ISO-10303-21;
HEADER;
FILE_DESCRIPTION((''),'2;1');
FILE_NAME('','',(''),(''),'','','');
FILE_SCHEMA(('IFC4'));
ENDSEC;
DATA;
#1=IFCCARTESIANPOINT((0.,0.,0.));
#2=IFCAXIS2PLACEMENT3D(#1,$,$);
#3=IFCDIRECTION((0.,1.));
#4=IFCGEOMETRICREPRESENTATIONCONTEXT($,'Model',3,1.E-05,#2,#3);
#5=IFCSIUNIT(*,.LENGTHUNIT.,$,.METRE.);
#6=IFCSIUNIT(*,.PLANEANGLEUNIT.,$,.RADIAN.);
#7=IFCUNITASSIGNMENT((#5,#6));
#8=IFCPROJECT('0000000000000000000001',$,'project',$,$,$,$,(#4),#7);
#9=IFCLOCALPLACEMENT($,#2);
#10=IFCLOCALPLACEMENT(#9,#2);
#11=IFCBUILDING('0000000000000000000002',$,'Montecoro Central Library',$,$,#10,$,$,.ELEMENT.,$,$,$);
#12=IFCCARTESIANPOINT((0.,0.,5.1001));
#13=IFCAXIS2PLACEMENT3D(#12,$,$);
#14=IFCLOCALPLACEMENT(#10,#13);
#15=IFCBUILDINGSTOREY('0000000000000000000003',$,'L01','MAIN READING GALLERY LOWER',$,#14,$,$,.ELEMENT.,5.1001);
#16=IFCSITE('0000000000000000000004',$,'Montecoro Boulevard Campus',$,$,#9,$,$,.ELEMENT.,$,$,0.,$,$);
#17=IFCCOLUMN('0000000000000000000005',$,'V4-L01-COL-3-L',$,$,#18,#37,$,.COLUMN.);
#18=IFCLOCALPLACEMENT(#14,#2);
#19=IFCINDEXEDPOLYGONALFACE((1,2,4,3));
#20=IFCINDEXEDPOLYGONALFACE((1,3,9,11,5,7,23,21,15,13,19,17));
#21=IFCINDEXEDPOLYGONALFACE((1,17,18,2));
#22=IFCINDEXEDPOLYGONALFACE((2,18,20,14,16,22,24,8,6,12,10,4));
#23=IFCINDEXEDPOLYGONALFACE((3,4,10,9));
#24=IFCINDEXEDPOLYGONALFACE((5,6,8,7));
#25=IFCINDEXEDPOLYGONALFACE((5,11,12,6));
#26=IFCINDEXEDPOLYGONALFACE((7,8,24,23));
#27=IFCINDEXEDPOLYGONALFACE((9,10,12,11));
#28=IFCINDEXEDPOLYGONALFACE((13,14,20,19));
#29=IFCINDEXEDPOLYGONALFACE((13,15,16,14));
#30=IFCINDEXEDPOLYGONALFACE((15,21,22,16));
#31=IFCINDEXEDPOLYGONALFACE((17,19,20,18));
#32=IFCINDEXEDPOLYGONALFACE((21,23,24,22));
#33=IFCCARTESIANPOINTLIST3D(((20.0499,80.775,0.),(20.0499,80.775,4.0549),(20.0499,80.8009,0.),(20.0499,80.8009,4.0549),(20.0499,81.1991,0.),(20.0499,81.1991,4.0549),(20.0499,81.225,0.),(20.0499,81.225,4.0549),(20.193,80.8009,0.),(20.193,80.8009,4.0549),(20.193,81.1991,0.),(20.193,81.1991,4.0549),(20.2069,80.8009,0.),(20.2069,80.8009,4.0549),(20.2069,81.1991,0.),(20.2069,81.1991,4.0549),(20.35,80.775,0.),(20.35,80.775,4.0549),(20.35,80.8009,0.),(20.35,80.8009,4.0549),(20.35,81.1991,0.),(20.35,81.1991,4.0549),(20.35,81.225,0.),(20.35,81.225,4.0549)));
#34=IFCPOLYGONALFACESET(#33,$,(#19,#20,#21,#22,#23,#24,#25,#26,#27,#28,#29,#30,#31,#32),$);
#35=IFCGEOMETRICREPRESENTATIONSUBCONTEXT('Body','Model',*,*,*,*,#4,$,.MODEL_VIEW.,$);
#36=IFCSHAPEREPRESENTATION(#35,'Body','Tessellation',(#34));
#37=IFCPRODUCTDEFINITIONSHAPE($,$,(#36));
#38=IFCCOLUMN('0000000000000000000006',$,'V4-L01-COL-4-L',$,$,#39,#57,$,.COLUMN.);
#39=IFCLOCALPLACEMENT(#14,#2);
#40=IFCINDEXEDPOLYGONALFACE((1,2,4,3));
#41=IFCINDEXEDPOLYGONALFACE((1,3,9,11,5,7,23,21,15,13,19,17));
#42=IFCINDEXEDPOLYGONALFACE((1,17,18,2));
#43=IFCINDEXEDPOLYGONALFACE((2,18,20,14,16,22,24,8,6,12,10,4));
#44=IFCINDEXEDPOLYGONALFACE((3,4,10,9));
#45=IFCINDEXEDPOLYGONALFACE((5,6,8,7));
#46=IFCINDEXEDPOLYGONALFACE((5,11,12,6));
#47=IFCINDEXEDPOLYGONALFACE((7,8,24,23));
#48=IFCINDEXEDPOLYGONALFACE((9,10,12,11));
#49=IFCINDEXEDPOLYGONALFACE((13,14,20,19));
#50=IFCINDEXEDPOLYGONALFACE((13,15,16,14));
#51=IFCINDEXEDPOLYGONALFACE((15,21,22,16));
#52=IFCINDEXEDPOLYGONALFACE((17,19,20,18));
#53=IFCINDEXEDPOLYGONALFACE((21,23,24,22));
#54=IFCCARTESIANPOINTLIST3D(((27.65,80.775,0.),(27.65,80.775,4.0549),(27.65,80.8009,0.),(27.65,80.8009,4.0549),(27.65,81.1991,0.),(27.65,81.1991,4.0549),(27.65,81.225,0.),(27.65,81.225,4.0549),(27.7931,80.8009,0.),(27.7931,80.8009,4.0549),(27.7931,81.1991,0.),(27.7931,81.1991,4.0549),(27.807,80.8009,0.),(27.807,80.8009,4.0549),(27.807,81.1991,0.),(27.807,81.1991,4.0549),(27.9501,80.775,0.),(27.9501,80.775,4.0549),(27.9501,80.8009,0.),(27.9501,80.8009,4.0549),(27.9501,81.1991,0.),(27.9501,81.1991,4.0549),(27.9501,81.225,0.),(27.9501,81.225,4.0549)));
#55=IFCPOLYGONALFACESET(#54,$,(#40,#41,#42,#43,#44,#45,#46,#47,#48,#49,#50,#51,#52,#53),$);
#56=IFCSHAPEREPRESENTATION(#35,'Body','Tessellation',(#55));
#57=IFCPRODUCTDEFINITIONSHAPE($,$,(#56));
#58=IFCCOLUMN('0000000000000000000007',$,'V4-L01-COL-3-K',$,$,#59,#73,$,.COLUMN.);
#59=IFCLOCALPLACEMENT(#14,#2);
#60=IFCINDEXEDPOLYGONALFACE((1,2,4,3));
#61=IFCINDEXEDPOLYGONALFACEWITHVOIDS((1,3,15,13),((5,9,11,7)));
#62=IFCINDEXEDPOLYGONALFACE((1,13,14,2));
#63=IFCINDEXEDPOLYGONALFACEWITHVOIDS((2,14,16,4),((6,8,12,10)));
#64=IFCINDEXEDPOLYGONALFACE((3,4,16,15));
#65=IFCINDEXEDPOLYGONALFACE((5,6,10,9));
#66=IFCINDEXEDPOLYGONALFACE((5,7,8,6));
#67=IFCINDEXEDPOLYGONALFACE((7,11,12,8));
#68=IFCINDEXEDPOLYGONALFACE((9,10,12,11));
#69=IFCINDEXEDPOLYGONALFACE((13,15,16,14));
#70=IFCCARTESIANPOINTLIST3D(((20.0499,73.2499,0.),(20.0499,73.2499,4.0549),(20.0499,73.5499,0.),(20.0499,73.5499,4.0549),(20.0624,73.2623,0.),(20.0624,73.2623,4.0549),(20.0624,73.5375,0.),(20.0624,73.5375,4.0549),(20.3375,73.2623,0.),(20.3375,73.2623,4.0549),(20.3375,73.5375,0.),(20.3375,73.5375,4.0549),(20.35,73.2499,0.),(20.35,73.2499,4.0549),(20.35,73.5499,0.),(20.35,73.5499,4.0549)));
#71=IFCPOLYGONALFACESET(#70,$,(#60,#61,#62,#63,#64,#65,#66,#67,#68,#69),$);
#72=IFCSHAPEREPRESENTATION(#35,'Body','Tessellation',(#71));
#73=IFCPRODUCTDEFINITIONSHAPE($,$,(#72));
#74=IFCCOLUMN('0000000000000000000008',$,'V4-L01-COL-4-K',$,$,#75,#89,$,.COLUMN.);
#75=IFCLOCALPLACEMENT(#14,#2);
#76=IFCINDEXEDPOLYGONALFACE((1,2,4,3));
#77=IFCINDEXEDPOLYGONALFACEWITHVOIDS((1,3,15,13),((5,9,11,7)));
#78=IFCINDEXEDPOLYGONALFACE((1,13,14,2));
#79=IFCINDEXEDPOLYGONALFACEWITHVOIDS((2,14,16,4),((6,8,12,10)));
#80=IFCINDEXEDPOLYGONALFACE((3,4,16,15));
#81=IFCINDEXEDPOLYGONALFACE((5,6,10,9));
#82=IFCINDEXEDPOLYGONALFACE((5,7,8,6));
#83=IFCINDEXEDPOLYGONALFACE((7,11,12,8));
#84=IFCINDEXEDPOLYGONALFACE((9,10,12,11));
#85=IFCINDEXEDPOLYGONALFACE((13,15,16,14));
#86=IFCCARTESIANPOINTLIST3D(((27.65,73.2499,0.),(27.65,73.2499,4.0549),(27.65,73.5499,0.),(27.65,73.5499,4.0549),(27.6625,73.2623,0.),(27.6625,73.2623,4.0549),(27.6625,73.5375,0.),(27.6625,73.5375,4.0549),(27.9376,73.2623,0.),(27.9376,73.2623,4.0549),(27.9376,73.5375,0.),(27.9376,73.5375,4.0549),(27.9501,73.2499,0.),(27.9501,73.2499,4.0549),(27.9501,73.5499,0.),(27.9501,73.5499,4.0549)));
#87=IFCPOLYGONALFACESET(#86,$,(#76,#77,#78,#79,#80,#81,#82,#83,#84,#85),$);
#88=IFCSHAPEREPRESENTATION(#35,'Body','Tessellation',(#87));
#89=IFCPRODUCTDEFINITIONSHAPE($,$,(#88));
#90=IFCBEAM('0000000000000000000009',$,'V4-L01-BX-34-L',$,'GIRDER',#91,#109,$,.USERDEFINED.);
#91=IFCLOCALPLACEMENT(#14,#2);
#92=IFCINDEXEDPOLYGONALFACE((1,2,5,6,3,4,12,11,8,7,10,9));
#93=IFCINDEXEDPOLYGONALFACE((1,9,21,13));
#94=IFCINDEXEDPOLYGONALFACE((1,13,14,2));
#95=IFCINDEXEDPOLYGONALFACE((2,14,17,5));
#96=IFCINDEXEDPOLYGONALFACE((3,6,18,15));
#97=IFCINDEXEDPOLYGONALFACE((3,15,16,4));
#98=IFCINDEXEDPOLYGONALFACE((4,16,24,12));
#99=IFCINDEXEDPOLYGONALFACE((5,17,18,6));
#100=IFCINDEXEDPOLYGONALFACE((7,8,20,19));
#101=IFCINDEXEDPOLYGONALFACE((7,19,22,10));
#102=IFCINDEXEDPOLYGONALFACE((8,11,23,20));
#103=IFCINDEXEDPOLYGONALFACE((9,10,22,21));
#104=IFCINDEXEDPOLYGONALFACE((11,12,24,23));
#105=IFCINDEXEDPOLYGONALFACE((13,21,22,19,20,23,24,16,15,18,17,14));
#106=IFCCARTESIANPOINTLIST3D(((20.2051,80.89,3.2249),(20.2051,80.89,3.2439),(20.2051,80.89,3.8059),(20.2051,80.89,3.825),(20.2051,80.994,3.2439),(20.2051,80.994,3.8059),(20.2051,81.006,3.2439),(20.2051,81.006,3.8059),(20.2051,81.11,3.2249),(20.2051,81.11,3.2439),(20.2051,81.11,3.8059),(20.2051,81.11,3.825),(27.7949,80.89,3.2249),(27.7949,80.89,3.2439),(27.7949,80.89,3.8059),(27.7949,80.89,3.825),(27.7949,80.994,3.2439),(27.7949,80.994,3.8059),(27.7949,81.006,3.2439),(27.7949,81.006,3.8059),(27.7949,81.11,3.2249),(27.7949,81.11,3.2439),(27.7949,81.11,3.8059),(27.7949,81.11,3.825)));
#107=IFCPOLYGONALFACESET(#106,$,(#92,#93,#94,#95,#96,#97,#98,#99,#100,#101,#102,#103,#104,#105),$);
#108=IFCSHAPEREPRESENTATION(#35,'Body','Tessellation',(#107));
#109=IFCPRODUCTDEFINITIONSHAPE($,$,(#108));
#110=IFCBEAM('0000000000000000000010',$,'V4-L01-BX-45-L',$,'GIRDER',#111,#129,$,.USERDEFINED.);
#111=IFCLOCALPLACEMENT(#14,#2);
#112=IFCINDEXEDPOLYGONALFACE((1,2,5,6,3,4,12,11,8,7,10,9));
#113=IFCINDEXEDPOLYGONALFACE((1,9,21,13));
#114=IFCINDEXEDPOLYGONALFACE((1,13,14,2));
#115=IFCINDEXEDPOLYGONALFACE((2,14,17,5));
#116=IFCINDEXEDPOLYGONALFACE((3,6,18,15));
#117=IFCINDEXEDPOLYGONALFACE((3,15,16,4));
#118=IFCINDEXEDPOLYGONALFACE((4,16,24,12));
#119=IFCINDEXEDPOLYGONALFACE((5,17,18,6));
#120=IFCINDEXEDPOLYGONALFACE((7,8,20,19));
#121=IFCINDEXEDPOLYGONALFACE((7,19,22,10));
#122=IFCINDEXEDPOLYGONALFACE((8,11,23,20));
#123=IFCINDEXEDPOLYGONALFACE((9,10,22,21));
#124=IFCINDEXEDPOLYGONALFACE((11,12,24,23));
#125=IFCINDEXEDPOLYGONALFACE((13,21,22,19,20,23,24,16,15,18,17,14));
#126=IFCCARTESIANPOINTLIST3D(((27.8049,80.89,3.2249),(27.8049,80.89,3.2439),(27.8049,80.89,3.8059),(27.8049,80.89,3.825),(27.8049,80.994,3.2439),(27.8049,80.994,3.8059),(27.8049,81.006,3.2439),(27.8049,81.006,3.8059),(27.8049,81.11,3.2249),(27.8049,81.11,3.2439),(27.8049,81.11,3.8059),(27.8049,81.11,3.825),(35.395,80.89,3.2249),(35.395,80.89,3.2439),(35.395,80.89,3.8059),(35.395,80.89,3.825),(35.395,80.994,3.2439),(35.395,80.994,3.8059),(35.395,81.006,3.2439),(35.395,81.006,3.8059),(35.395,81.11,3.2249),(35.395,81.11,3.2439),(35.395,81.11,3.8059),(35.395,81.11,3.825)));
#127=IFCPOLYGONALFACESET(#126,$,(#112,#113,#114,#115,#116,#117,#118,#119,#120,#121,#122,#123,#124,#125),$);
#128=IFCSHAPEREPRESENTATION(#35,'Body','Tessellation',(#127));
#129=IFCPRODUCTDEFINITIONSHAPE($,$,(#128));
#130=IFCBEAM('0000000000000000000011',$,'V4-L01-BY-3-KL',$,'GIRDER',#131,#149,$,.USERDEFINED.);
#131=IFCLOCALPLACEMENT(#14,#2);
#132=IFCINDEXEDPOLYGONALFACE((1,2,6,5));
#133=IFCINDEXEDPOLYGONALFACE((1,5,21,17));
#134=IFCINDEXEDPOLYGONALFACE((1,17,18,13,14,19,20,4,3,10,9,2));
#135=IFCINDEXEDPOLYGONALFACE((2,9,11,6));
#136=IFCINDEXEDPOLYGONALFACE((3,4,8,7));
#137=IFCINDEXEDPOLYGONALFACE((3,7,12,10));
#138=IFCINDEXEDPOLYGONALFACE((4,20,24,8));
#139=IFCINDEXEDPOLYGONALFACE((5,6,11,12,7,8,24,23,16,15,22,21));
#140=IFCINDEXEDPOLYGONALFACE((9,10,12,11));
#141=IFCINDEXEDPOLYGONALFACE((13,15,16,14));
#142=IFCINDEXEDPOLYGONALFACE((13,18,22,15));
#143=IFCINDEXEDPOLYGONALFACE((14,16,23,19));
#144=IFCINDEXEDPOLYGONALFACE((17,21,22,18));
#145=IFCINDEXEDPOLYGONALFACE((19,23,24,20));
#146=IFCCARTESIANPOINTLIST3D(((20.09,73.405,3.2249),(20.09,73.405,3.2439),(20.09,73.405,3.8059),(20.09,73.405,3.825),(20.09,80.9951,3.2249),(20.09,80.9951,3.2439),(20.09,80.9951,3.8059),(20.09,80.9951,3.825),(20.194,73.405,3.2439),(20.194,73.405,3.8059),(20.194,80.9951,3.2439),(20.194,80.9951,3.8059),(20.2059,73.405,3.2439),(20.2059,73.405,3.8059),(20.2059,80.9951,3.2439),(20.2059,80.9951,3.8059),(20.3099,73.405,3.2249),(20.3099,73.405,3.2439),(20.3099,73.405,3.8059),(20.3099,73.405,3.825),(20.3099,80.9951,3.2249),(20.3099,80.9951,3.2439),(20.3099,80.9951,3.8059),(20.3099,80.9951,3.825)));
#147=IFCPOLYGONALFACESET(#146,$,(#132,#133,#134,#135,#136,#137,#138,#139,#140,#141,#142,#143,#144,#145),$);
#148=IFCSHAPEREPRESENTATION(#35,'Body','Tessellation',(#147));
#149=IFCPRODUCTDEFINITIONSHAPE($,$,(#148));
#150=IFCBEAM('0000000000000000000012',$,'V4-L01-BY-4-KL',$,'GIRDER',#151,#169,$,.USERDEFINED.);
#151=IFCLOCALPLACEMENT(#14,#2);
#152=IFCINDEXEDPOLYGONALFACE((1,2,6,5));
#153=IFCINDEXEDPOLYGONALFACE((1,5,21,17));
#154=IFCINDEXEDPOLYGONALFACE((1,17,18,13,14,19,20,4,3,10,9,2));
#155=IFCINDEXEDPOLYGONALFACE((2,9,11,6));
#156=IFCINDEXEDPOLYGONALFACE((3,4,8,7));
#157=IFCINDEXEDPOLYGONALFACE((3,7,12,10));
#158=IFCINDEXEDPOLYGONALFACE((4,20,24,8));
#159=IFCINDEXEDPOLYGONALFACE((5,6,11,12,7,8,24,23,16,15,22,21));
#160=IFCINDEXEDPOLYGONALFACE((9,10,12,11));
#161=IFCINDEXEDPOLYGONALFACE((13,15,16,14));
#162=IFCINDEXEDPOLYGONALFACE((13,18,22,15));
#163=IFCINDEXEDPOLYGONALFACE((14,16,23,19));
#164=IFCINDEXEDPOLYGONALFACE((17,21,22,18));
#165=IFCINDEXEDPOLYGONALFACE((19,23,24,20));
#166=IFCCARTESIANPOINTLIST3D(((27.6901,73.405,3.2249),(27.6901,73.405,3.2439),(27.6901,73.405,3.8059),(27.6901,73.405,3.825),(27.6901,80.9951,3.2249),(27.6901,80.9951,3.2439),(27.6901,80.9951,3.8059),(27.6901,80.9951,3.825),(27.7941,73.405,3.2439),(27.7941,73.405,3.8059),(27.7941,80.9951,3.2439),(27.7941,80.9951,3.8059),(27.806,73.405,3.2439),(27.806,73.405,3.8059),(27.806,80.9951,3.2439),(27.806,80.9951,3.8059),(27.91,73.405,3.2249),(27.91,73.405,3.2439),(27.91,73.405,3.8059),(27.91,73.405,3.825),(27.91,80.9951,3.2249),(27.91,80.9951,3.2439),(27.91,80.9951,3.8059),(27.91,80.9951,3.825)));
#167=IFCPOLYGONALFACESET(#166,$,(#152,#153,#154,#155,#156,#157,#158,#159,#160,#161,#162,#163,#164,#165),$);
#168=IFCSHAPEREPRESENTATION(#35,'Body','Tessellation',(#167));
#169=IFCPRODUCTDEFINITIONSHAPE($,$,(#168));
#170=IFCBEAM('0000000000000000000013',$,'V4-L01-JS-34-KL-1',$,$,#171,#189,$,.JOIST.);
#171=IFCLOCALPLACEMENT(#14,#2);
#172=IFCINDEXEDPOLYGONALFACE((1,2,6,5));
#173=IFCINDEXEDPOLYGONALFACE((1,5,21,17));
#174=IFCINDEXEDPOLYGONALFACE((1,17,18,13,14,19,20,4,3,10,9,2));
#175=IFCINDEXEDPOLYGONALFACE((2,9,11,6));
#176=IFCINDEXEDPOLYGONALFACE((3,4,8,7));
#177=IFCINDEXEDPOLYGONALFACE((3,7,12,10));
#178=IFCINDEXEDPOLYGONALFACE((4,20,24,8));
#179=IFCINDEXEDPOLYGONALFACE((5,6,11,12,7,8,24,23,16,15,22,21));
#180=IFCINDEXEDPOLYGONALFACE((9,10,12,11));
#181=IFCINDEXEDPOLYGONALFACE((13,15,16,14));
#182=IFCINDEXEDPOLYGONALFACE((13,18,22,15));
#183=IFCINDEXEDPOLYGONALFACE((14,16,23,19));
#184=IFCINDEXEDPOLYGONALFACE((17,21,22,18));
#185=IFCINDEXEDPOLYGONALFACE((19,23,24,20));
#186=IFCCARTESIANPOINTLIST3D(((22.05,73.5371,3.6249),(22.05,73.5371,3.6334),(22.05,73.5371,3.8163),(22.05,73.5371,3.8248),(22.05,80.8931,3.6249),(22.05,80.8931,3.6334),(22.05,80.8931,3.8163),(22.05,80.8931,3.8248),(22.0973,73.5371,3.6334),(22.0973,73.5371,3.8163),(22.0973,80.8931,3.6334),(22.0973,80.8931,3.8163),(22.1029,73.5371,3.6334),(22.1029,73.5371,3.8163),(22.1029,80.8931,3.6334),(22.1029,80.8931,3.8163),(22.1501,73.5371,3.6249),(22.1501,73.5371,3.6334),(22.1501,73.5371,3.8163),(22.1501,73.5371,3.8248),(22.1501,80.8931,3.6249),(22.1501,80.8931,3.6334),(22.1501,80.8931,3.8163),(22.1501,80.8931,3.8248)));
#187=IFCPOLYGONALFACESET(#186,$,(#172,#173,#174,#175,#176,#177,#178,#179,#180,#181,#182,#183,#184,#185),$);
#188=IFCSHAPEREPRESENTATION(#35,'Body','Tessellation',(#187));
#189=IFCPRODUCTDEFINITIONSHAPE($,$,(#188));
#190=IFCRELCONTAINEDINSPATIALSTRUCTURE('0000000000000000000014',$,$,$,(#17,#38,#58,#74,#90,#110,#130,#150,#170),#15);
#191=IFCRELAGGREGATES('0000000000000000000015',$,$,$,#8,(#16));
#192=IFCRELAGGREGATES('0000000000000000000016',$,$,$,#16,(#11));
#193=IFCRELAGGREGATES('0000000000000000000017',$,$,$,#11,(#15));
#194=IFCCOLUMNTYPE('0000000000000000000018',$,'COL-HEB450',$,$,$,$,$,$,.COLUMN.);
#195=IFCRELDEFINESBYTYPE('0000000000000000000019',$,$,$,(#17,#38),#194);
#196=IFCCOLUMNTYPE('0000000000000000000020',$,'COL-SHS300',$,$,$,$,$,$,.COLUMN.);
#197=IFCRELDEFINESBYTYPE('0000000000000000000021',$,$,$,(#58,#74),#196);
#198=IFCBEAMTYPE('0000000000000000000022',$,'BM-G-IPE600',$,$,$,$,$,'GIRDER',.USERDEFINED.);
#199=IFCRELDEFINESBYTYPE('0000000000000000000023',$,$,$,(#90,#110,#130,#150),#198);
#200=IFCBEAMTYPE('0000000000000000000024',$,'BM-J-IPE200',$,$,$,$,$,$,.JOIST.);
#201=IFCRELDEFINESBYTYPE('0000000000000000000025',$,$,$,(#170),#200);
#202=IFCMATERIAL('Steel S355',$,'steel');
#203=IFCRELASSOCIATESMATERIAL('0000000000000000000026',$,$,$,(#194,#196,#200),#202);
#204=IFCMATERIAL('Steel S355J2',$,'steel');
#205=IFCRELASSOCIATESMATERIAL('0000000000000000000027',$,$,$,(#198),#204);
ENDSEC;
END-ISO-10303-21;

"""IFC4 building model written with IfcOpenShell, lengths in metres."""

from ifc_helpers import new_model, si_unit, direction, frame, origin, origin_2d, place, context, subcontext, project, spatial, hollow_rectangle, i_section, extrude, material, material_profile, profile_set, type_object, element, save


model = new_model("IFC4")

# Units and contexts
model_context = context("Model", 3, precision=1e-05, world=origin(), true_north=direction((0.0, 1.0)))
body_context = subcontext(model_context, "Body", "Model", "MODEL_VIEW")
ifc_project = project(units=[si_unit("LENGTHUNIT", "METRE"), si_unit("PLANEANGLEUNIT", "RADIAN")], contexts=[model_context])

# Site, building, storey
site_placement = place(None, origin())
site = spatial("IfcSite", under=ifc_project, at=site_placement, Name="Montecoro Boulevard Campus", CompositionType="ELEMENT", RefElevation=0.0)
building_placement = place(site_placement, origin())
building = spatial("IfcBuilding", under=site, at=building_placement, Name="Montecoro Central Library", CompositionType="ELEMENT")
storey_placement = place(building_placement, frame((0.0, 0.0, 5.1001)))
storey = spatial("IfcBuildingStorey", under=building, at=storey_placement, Name="L01", Description="MAIN READING GALLERY LOWER", CompositionType="ELEMENT", Elevation=5.1001)

# Columns
ifc_material_1 = material(Name="Steel S355", Category="steel")
ifc_material_profile_1 = material_profile(ifc_material_1, i_section(OverallWidth=0.3, OverallDepth=0.45, WebThickness=0.0139, FlangeThickness=0.0259, at=origin_2d()), Name="HEB 450")
ifc_profile_set_1 = profile_set([ifc_material_profile_1], Name="Steel S355")
column_type_1 = type_object("IfcColumnType", Name="COL-HEB450", PredefinedType="COLUMN", material=ifc_profile_set_1)
for number, where, z_axis, x_axis, name in (
    (1, (20.2, 81.0, 0.0), (0.0, 0.0, 1.0), (1.0, 0.0, 0.0), "V4-L01-COL-3-L"),
    (2, (27.8, 81.0, 0.0), (0.0, 0.0, 1.0), (1.0, 0.0, 0.0), "V4-L01-COL-4-L"),
):
    element("IfcColumn", number, at=place(storey_placement, frame(where, z_axis=z_axis, x_axis=x_axis)), inside=storey, type_object=column_type_1, Name=name, PredefinedType="COLUMN", context=body_context, shape_type="SweptSolid", body=[
        extrude(i_section(OverallWidth=0.3, OverallDepth=0.45, WebThickness=0.0139, FlangeThickness=0.0259, at=origin_2d()), origin(), (0.0, 0.0, 1.0), 4.0549),
    ])
ifc_material_profile_2 = material_profile(ifc_material_1, hollow_rectangle(XDim=0.3, YDim=0.3, WallThickness=0.0125, at=origin_2d()), Name="SHS 300x300x12.5")
ifc_profile_set_2 = profile_set([ifc_material_profile_2], Name="Steel S355")
column_type_2 = type_object("IfcColumnType", Name="COL-SHS300", PredefinedType="COLUMN", material=ifc_profile_set_2)
for number, where, z_axis, x_axis, name in (
    (3, (20.2, 73.3999, 0.0), (0.0, 0.0, 1.0), (1.0, 0.0, 0.0), "V4-L01-COL-3-K"),
    (4, (27.8, 73.3999, 0.0), (0.0, 0.0, 1.0), (1.0, 0.0, 0.0), "V4-L01-COL-4-K"),
):
    element("IfcColumn", number, at=place(storey_placement, frame(where, z_axis=z_axis, x_axis=x_axis)), inside=storey, type_object=column_type_2, Name=name, PredefinedType="COLUMN", context=body_context, shape_type="SweptSolid", body=[
        extrude(hollow_rectangle(XDim=0.3, YDim=0.3, WallThickness=0.0125, at=origin_2d()), origin(), (0.0, 0.0, 1.0), 4.0549),
    ])

# Beams
ifc_material_2 = material(Name="Steel S355J2", Category="steel")
ifc_material_profile_3 = material_profile(ifc_material_2, i_section(OverallWidth=0.22, OverallDepth=0.6001, WebThickness=0.012, FlangeThickness=0.019, at=origin_2d()), Name="IPE 600")
ifc_profile_set_3 = profile_set([ifc_material_profile_3], Name="Steel S355J2")
beam_type_1 = type_object("IfcBeamType", Name="BM-G-IPE600", ElementType="GIRDER", PredefinedType="USERDEFINED", material=ifc_profile_set_3)
beam_1_placement = place(storey_placement, frame((20.2051, 81.0, 3.5249), z_axis=(1.0, 0.0, 0.0), x_axis=(0.0, 1.0, 0.0)))
element("IfcBeam", 5, at=beam_1_placement, inside=storey, type_object=beam_type_1, Name="V4-L01-BX-34-L", ObjectType="GIRDER", PredefinedType="USERDEFINED", context=body_context, shape_type="SweptSolid", body=[
    extrude(i_section(OverallWidth=0.22, OverallDepth=0.6001, WebThickness=0.012, FlangeThickness=0.019, at=origin_2d()), origin(), (0.0, 0.0, 1.0), 7.5898),
])
for number, where, z_axis, x_axis, name in (
    (6, (27.8049, 81.0, 3.5249), (1.0, 0.0, 0.0), (0.0, 1.0, 0.0), "V4-L01-BX-45-L"),
    (7, (20.2, 73.405, 3.5249), (0.0, 1.0, 0.0), (-1.0, 0.0, 0.0), "V4-L01-BY-3-KL"),
    (8, (27.8, 73.405, 3.5249), (0.0, 1.0, 0.0), (-1.0, 0.0, 0.0), "V4-L01-BY-4-KL"),
):
    element("IfcBeam", number, at=place(storey_placement, frame(where, z_axis=z_axis, x_axis=x_axis)), inside=storey, type_object=beam_type_1, Name=name, ObjectType="GIRDER", PredefinedType="USERDEFINED", context=body_context, shape_type="SweptSolid", body=[
        extrude(i_section(OverallWidth=0.22, OverallDepth=0.6001, WebThickness=0.012, FlangeThickness=0.019, at=origin_2d()), origin(), (0.0, 0.0, 1.0), 7.5901),
    ])
ifc_material_profile_4 = material_profile(ifc_material_1, i_section(OverallWidth=0.1001, OverallDepth=0.2, WebThickness=0.0056, FlangeThickness=0.0085, at=origin_2d()), Name="IPE 200")
ifc_profile_set_4 = profile_set([ifc_material_profile_4], Name="Steel S355")
beam_type_2 = type_object("IfcBeamType", Name="BM-J-IPE200", PredefinedType="JOIST", material=ifc_profile_set_4)
for number, where, z_axis, x_axis, name in (
    (9, (22.1001, 73.5371, 3.7249), (0.0, 1.0, 0.0), (-1.0, 0.0, 0.0), "V4-L01-JS-34-KL-1"),
):
    element("IfcBeam", number, at=place(storey_placement, frame(where, z_axis=z_axis, x_axis=x_axis)), inside=storey, type_object=beam_type_2, Name=name, PredefinedType="JOIST", context=body_context, shape_type="SweptSolid", body=[
        extrude(i_section(OverallWidth=0.1001, OverallDepth=0.2, WebThickness=0.0056, FlangeThickness=0.0085, at=origin_2d()), origin(), (0.0, 0.0, 1.0), 7.356),
    ])

save(model, "model.ifc")
